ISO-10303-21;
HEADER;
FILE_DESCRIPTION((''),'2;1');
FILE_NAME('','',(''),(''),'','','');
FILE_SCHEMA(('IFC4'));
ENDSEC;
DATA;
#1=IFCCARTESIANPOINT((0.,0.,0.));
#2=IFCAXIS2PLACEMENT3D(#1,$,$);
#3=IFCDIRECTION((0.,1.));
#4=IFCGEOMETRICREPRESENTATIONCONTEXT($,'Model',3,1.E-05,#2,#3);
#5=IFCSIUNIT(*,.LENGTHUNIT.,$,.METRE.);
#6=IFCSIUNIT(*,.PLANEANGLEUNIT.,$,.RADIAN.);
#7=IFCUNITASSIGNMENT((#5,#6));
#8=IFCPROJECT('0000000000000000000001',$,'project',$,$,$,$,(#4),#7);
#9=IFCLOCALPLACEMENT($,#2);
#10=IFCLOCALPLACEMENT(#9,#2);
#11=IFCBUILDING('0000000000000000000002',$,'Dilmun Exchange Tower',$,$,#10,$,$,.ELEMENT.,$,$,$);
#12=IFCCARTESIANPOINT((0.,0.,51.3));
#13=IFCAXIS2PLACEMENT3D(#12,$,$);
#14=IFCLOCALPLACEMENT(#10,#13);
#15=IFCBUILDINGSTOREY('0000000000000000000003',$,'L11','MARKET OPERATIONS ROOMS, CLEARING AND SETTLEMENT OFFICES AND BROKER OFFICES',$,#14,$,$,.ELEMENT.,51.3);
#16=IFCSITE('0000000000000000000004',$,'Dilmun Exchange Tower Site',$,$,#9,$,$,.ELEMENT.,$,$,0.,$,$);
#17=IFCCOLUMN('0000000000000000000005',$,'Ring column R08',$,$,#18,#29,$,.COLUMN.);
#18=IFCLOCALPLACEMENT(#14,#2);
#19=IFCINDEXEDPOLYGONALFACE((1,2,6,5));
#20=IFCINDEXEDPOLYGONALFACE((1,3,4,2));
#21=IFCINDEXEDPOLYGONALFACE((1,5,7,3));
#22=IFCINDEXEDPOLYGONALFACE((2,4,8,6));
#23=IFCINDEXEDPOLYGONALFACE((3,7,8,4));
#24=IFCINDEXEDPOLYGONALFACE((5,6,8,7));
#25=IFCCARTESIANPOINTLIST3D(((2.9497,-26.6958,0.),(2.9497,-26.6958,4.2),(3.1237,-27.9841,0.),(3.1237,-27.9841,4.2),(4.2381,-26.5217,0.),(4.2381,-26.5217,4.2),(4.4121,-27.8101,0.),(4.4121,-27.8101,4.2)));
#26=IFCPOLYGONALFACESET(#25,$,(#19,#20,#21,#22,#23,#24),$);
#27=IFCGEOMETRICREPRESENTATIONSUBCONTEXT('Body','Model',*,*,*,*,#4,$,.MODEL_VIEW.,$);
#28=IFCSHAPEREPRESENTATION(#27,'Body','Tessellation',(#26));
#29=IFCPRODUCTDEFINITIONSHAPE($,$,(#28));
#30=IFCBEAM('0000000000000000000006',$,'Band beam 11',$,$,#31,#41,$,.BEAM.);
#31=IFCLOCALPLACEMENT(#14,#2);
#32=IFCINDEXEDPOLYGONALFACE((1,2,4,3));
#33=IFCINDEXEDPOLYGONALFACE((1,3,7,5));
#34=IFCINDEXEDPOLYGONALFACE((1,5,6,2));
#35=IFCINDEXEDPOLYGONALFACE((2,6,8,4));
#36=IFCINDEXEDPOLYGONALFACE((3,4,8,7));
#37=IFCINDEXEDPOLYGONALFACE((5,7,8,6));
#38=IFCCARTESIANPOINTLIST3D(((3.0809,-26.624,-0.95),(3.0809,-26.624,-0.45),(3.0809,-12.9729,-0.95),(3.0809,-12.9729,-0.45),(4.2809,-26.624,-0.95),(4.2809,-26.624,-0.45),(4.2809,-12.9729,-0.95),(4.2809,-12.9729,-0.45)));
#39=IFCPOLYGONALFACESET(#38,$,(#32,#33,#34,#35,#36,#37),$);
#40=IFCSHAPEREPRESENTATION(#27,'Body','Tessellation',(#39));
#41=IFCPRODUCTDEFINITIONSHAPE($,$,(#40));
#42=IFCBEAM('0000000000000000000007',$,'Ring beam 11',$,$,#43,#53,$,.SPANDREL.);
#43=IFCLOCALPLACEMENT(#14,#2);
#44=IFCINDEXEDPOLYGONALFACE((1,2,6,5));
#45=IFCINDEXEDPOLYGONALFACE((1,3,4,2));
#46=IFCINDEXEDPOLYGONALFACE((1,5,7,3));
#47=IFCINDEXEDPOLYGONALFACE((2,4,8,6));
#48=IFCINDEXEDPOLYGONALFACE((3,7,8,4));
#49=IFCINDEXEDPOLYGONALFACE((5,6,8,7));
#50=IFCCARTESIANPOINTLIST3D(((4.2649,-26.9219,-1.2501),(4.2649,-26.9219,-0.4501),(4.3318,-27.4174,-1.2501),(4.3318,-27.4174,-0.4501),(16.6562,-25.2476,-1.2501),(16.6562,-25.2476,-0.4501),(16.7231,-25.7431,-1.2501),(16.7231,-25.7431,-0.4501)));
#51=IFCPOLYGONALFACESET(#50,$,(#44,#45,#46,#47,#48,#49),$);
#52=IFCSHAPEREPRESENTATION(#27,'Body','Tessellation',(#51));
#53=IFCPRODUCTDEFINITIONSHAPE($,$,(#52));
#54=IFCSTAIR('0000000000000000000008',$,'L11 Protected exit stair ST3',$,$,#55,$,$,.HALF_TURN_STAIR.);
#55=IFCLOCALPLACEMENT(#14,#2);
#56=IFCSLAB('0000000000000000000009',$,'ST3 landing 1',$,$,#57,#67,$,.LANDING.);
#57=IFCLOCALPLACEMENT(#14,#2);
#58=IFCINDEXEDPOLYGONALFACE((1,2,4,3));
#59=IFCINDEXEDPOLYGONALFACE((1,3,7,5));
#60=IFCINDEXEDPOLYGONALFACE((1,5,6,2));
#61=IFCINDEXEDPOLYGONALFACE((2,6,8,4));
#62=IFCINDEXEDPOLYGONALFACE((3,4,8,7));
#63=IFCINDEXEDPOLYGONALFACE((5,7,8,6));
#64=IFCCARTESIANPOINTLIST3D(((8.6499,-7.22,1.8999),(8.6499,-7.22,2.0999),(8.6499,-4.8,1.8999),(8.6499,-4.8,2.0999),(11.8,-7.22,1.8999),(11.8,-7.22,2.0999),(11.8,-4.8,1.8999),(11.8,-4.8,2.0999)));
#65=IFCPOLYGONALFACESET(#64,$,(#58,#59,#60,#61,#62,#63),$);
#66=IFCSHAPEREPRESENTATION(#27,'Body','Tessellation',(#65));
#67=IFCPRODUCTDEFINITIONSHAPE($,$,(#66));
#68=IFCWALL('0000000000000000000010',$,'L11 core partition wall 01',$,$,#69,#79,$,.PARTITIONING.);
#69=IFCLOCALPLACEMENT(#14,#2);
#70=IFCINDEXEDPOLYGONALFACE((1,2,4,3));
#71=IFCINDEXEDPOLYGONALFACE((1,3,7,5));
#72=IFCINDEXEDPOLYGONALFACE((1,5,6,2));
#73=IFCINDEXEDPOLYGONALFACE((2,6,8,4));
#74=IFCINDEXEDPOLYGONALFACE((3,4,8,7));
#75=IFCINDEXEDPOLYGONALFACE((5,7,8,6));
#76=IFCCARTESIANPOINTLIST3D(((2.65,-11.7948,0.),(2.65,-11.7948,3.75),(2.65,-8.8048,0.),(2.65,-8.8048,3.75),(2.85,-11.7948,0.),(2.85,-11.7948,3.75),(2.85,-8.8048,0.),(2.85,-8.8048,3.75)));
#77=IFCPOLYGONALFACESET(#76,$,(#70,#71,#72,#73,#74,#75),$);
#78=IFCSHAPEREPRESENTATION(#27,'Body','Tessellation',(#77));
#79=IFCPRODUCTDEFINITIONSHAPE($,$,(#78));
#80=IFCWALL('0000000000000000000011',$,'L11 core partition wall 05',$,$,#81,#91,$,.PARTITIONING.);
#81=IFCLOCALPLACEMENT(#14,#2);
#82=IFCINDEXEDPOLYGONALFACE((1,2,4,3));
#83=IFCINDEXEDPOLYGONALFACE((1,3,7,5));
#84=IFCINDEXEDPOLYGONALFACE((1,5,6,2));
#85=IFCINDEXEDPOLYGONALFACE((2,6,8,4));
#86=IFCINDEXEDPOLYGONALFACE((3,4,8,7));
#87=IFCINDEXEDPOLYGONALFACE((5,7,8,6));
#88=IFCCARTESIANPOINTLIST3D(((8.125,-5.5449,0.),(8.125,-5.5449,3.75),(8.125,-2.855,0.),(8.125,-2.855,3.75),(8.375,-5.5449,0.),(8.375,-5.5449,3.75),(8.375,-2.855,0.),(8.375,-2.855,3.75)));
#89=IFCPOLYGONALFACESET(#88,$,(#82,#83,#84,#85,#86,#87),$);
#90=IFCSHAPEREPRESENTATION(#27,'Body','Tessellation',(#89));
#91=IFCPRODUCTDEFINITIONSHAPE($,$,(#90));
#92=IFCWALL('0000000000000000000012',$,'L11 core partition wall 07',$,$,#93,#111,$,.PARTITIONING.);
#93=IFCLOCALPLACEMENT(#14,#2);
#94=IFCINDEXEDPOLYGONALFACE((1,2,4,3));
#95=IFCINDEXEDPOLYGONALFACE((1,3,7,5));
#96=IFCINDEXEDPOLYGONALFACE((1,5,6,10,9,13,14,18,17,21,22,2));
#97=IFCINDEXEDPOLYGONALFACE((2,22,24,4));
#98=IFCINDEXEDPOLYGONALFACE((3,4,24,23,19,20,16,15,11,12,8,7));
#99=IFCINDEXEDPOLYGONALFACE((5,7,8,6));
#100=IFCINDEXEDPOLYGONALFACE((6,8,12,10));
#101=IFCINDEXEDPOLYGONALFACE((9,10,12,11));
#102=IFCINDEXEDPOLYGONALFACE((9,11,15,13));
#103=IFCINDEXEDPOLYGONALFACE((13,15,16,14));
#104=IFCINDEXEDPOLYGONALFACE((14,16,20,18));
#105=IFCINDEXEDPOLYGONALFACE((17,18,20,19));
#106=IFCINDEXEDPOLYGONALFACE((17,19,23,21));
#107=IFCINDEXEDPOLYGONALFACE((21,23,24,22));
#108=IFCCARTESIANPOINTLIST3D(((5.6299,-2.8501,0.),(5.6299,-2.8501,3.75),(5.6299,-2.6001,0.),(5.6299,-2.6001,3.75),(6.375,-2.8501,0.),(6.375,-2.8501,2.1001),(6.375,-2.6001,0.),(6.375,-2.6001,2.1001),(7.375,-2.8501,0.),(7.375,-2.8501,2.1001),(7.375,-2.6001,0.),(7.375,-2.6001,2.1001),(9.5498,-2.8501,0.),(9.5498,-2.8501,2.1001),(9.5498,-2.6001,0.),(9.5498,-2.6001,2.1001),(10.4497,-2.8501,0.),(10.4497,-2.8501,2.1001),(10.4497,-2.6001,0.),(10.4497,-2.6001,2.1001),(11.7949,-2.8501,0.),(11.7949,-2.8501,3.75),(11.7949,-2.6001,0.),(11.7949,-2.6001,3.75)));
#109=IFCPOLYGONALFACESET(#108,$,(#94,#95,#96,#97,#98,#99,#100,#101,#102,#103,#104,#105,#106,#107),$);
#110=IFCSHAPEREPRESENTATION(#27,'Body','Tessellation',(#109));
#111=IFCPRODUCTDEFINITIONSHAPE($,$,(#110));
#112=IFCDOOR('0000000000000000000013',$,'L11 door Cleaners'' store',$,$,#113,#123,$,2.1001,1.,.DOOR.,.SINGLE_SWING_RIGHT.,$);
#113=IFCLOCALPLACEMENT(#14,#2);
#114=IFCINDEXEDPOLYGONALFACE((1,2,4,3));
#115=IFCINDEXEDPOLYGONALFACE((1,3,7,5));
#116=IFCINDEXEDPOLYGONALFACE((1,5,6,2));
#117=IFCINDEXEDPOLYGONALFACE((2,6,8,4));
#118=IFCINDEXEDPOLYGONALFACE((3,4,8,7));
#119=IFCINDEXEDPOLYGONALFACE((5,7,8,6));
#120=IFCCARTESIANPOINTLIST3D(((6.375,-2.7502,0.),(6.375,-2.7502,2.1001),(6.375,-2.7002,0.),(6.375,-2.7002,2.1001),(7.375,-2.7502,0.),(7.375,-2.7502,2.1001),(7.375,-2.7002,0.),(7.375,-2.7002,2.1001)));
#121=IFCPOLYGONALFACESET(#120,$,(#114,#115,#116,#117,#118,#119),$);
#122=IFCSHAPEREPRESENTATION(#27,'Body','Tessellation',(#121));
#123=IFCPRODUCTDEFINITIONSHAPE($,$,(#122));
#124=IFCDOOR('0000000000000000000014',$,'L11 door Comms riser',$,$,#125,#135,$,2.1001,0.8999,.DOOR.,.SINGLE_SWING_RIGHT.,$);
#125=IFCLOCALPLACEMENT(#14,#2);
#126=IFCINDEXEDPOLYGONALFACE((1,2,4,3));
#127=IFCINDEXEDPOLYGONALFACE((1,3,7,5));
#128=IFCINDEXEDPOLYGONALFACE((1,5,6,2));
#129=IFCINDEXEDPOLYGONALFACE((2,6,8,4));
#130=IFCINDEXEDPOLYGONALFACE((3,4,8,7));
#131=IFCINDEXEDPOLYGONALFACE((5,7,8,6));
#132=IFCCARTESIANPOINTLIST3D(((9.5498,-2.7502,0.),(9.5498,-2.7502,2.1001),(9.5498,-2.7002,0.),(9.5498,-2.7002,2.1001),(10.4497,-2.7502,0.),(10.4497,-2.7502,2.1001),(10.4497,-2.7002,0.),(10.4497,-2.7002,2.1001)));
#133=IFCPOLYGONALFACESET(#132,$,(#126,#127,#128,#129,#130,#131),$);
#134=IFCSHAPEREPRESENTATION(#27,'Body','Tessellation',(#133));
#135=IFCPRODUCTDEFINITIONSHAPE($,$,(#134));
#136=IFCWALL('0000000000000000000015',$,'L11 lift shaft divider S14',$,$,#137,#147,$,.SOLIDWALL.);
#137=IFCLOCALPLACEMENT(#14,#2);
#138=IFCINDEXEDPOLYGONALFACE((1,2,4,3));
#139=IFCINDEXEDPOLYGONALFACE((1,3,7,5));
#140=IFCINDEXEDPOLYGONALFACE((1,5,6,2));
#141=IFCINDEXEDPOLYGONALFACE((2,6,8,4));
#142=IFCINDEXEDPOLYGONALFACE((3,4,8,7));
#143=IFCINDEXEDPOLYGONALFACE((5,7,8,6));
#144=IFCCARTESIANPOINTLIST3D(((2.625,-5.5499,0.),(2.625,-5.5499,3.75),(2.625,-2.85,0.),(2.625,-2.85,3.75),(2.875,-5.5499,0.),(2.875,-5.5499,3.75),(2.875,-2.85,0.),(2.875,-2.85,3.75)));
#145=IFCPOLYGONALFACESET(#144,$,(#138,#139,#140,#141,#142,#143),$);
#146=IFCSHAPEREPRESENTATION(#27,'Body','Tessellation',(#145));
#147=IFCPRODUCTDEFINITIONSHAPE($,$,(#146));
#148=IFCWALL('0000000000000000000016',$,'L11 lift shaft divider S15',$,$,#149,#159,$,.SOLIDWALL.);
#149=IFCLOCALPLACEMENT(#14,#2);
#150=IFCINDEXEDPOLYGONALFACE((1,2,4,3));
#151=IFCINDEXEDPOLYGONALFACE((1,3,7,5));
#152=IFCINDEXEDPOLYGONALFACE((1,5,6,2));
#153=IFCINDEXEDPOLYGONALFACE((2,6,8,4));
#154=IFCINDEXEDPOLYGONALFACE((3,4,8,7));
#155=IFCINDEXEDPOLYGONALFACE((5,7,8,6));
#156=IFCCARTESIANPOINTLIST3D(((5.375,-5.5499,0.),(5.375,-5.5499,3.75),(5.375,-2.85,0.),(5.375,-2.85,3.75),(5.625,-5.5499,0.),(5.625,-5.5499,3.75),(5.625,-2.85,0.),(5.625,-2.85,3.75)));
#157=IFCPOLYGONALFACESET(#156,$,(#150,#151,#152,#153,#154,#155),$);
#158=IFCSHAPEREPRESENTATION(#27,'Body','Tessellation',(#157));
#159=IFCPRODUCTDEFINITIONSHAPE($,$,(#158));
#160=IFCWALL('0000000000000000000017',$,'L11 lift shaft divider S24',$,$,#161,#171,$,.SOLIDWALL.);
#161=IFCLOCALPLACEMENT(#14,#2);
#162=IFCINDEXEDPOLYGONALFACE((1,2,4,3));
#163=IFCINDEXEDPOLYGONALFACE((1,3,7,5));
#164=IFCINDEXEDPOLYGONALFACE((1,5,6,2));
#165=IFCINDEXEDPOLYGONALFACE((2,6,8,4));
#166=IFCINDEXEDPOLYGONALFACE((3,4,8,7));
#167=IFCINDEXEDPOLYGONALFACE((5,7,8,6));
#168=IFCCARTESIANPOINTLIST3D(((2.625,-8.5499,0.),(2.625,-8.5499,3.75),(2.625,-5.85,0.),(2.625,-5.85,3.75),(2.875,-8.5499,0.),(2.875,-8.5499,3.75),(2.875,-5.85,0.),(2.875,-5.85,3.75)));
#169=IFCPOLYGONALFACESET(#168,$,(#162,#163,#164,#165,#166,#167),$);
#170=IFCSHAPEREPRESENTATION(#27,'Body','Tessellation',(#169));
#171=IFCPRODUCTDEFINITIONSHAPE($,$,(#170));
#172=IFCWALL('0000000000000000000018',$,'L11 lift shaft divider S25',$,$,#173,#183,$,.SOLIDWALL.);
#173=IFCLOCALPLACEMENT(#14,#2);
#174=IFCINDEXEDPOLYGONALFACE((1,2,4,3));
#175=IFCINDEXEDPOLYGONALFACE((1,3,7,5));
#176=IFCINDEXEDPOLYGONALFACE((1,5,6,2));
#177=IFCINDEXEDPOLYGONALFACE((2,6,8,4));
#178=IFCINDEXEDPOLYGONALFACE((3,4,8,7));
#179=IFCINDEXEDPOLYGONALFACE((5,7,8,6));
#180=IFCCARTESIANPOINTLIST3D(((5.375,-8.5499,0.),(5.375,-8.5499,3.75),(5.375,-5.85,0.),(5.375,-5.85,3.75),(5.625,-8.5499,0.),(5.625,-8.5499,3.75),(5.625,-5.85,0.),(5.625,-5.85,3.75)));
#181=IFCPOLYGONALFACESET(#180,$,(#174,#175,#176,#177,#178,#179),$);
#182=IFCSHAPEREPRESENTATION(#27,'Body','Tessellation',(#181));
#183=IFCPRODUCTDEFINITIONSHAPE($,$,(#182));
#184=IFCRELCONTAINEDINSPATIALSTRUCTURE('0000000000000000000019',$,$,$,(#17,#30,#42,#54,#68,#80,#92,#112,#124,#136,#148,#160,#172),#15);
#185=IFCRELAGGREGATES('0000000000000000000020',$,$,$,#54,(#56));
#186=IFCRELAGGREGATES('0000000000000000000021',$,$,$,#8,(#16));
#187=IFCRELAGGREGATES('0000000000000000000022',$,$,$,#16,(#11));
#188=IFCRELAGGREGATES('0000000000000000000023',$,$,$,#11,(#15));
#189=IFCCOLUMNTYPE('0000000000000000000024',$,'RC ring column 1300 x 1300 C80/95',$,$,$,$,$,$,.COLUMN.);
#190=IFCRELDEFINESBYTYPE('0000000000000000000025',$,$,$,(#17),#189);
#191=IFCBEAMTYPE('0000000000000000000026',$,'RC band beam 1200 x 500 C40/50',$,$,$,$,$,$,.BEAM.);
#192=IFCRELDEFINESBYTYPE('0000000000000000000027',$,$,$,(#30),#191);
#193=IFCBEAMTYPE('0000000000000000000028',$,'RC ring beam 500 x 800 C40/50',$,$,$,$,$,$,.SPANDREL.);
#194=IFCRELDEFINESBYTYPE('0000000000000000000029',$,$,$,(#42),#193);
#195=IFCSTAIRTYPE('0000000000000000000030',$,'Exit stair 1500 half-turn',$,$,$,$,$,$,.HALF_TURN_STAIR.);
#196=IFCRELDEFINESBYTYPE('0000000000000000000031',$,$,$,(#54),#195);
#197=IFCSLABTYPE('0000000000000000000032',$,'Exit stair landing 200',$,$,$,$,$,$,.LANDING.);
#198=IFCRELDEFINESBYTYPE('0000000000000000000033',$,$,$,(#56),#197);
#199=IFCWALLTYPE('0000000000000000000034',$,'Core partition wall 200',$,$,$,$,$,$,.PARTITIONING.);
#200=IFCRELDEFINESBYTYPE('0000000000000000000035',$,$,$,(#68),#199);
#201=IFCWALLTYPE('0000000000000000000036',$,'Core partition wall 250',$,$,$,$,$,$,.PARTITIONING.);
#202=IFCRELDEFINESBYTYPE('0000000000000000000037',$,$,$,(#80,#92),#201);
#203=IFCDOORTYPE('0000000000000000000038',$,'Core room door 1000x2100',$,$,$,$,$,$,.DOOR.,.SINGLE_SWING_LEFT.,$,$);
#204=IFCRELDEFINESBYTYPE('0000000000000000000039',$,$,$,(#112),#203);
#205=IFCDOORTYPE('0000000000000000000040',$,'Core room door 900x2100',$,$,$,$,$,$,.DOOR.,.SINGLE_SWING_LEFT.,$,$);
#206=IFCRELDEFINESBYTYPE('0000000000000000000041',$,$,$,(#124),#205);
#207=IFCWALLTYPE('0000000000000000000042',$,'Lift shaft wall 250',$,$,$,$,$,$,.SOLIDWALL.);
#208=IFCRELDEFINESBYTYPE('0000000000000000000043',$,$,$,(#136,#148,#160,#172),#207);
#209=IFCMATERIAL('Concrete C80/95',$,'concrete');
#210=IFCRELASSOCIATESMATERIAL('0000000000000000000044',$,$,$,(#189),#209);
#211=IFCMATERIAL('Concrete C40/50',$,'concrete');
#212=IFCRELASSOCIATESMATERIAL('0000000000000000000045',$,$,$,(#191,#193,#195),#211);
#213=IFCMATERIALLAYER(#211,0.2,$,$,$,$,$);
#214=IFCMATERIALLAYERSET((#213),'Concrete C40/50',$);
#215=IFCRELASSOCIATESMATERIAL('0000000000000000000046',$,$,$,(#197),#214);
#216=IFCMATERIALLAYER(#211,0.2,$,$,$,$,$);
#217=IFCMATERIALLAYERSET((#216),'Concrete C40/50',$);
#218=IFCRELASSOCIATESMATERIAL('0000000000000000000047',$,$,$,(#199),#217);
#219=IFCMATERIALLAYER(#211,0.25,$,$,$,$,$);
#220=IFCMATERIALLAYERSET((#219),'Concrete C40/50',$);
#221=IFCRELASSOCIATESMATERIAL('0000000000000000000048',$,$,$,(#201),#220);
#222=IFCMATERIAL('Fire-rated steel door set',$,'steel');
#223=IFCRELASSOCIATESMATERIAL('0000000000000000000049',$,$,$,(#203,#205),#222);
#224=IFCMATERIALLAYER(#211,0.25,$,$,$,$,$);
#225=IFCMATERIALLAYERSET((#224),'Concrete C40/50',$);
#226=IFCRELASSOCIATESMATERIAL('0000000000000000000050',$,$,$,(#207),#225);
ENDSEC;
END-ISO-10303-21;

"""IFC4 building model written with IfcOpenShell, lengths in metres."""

from ifc_helpers import new_model, si_unit, direction, frame, frame_2d, origin, origin_2d, place, context, subcontext, project, spatial, polyline, rectangle, outline, extrude, material, layer, layer_set, material_profile, profile_set, type_object, element, fill, aggregate, save


model = new_model("IFC4")

# Units and contexts
model_context = context("Model", 3, precision=1e-05, world=origin(), true_north=direction((0.0, 1.0)))
body_context = subcontext(model_context, "Body", "Model", "MODEL_VIEW")
ifc_project = project(units=[si_unit("LENGTHUNIT", "METRE"), si_unit("PLANEANGLEUNIT", "RADIAN")], contexts=[model_context])

# Site, building, storey
site_placement = place(None, origin())
site = spatial("IfcSite", under=ifc_project, at=site_placement, Name="Dilmun Exchange Tower Site", CompositionType="ELEMENT", RefElevation=0.0)
building_placement = place(site_placement, origin())
building = spatial("IfcBuilding", under=site, at=building_placement, Name="Dilmun Exchange Tower", CompositionType="ELEMENT")
storey_placement = place(building_placement, frame((0.0, 0.0, 51.3)))
storey = spatial("IfcBuildingStorey", under=building, at=storey_placement, Name="L11", Description="MARKET OPERATIONS ROOMS, CLEARING AND SETTLEMENT OFFICES AND BROKER OFFICES", CompositionType="ELEMENT", Elevation=51.3)

# Column
ifc_material_1 = material(Name="Concrete C80/95", Category="concrete")
ifc_material_profile_1 = material_profile(ifc_material_1, rectangle(XDim=1.3, YDim=1.3, at=origin_2d()), Name="1300 x 1300")
ifc_profile_set_1 = profile_set([ifc_material_profile_1], Name="Concrete C80/95")
column_type = type_object("IfcColumnType", Name="RC ring column 1300 x 1300 C80/95", PredefinedType="COLUMN", material=ifc_profile_set_1)
column_placement = place(storey_placement, frame((3.6809, -27.2529, 0.0), z_axis=(0.0, 0.0, 1.0), x_axis=(0.991001, 0.133853, 0.0)))
element("IfcColumn", 1, at=column_placement, inside=storey, type_object=column_type, Name="Ring column R08", PredefinedType="COLUMN", context=body_context, shape_type="SweptSolid", body=[
    extrude(rectangle(XDim=1.3, YDim=1.3, at=origin_2d()), origin(), (0.0, 0.0, 1.0), 4.2),
])

# Beams
ifc_material_2 = material(Name="Concrete C40/50", Category="concrete")
ifc_material_profile_2 = material_profile(ifc_material_2, rectangle(XDim=1.2, YDim=0.5, at=origin_2d()), Name="1200 x 500")
ifc_profile_set_2 = profile_set([ifc_material_profile_2], Name="Concrete C40/50")
beam_type_1 = type_object("IfcBeamType", Name="RC band beam 1200 x 500 C40/50", PredefinedType="BEAM", material=ifc_profile_set_2)
beam_1_placement = place(storey_placement, frame((3.6809, -26.624, -0.7), z_axis=(0.0, 1.0, 0.0), x_axis=(-1.0, 0.0, 0.0)))
element("IfcBeam", 2, at=beam_1_placement, inside=storey, type_object=beam_type_1, Name="Band beam 11", PredefinedType="BEAM", context=body_context, shape_type="SweptSolid", body=[
    extrude(rectangle(XDim=1.2, YDim=0.5, at=origin_2d()), origin(), (0.0, 0.0, 1.0), 13.6511),
])
ifc_material_profile_3 = material_profile(ifc_material_2, rectangle(XDim=0.5, YDim=0.8, at=origin_2d()), Name="500 x 800")
ifc_profile_set_3 = profile_set([ifc_material_profile_3], Name="Concrete C40/50")
beam_type_2 = type_object("IfcBeamType", Name="RC ring beam 500 x 800 C40/50", PredefinedType="SPANDREL", material=ifc_profile_set_3)
beam_2_placement = place(storey_placement, frame((4.2983, -27.1697, -0.8501), z_axis=(0.990994, 0.133903, 0.0), x_axis=(-0.133903, 0.990994, 0.0)))
element("IfcBeam", 3, at=beam_2_placement, inside=storey, type_object=beam_type_2, Name="Ring beam 11", PredefinedType="SPANDREL", context=body_context, shape_type="SweptSolid", body=[
    extrude(rectangle(XDim=0.5, YDim=0.8, at=origin_2d()), origin(), (0.0, 0.0, 1.0), 12.5039),
])

# Stair, slab
stair_type = type_object("IfcStairType", Name="Exit stair 1500 half-turn", PredefinedType="HALF_TURN_STAIR", material=ifc_material_2)
stair_placement = place(storey_placement, origin())
stair = element("IfcStair", 4, at=stair_placement, inside=storey, type_object=stair_type, Name="L11 Protected exit stair ST3", PredefinedType="HALF_TURN_STAIR")
ifc_layer_1 = layer(ifc_material_2, 0.2)
ifc_layer_set_1 = layer_set([ifc_layer_1], Name="Concrete C40/50")
slab_type = type_object("IfcSlabType", Name="Exit stair landing 200", PredefinedType="LANDING", material=ifc_layer_set_1)
slab_placement = place(storey_placement, frame((0.0, 0.0, 1.8999)))
slab = element("IfcSlab", 5, at=slab_placement, type_object=slab_type, Name="ST3 landing 1", PredefinedType="LANDING", context=body_context, shape_type="SweptSolid", body=[
    extrude(outline(polyline([(11.8, -7.22), (11.8, -4.8), (8.6499, -4.8), (8.6499, -7.22), (11.8, -7.22)])), origin(), (0.0, 0.0, 1.0), 0.2),
])
aggregate(stair, [slab])

# Walls
ifc_layer_2 = layer(ifc_material_2, 0.2)
ifc_layer_set_2 = layer_set([ifc_layer_2], Name="Concrete C40/50")
wall_type_1 = type_object("IfcWallType", Name="Core partition wall 200", PredefinedType="PARTITIONING", material=ifc_layer_set_2)
wall_1_placement = place(storey_placement, frame((2.75, -11.7949, 0.0), z_axis=(0.0, 0.0, 1.0), x_axis=(0.0, 1.0, 0.0)))
element("IfcWall", 6, at=wall_1_placement, inside=storey, type_object=wall_type_1, Name="L11 core partition wall 01", PredefinedType="PARTITIONING", context=body_context, shape_type="SweptSolid", body=[
    extrude(rectangle(XDim=2.99, YDim=0.2, at=frame_2d((1.4951, 0.0))), origin(), (0.0, 0.0, 1.0), 3.75),
])
ifc_layer_3 = layer(ifc_material_2, 0.25)
ifc_layer_set_3 = layer_set([ifc_layer_3], Name="Concrete C40/50")
wall_type_2 = type_object("IfcWallType", Name="Core partition wall 250", PredefinedType="PARTITIONING", material=ifc_layer_set_3)
wall_2_placement = place(storey_placement, frame((8.25, -5.5449, 0.0), z_axis=(0.0, 0.0, 1.0), x_axis=(0.0, 1.0, 0.0)))
element("IfcWall", 7, at=wall_2_placement, inside=storey, type_object=wall_type_2, Name="L11 core partition wall 05", PredefinedType="PARTITIONING", context=body_context, shape_type="SweptSolid", body=[
    extrude(rectangle(XDim=2.6899, YDim=0.25, at=frame_2d((1.345, 0.0))), origin(), (0.0, 0.0, 1.0), 3.75),
])

# Wall, openings, doors
wall_3_placement = place(storey_placement, frame((5.6299, -2.7251, 0.0), z_axis=(0.0, 0.0, 1.0), x_axis=(1.0, 0.0, 0.0)))
wall_3 = element("IfcWall", 8, at=wall_3_placement, inside=storey, type_object=wall_type_2, Name="L11 core partition wall 07", PredefinedType="PARTITIONING", context=body_context, shape_type="SweptSolid", body=[
    extrude(rectangle(XDim=6.165, YDim=0.25, at=frame_2d((3.0825, 0.0))), origin(), (0.0, 0.0, 1.0), 3.75),
])
opening_1_placement = place(wall_3_placement, frame((0.7451, 0.0, 0.0)))
opening_1 = element("IfcOpeningElement", 9, at=opening_1_placement, cuts=wall_3, PredefinedType="OPENING", context=body_context, shape_type="SweptSolid", body=[
    extrude(rectangle(XDim=1.0, YDim=2.1001, at=frame_2d((0.5, 1.05))), frame((0.0, 0.135, 0.0), z_axis=(0.0, -1.0, 0.0), x_axis=(1.0, 0.0, 0.0)), (0.0, 0.0, 1.0), 0.27),
])
opening_2_placement = place(wall_3_placement, frame((3.9199, 0.0, 0.0)))
opening_2 = element("IfcOpeningElement", 10, at=opening_2_placement, cuts=wall_3, PredefinedType="OPENING", context=body_context, shape_type="SweptSolid", body=[
    extrude(rectangle(XDim=0.8999, YDim=2.1001, at=frame_2d((0.45, 1.05))), frame((0.0, 0.135, 0.0), z_axis=(0.0, -1.0, 0.0), x_axis=(1.0, 0.0, 0.0)), (0.0, 0.0, 1.0), 0.27),
])
ifc_material_3 = material(Name="Fire-rated steel door set", Category="steel")
door_type_1 = type_object("IfcDoorType", Name="Core room door 1000x2100", OperationType="SINGLE_SWING_LEFT", PredefinedType="DOOR", material=ifc_material_3)
door_1_placement = place(opening_1_placement, origin())
door_1 = element("IfcDoor", 11, at=door_1_placement, inside=storey, type_object=door_type_1, Name="L11 door Cleaners' store", OperationType="SINGLE_SWING_RIGHT", OverallHeight=2.1001, OverallWidth=1.0, PredefinedType="DOOR", context=body_context, shape_type="SweptSolid", body=[
    extrude(rectangle(XDim=1.0, YDim=2.1001, at=frame_2d((0.5, 1.05))), frame((0.0, 0.0249, 0.0), z_axis=(0.0, -1.0, 0.0), x_axis=(1.0, 0.0, 0.0)), (0.0, 0.0, 1.0), 0.05),
])
fill(opening_1, door_1)
door_type_2 = type_object("IfcDoorType", Name="Core room door 900x2100", OperationType="SINGLE_SWING_LEFT", PredefinedType="DOOR", material=ifc_material_3)
door_2_placement = place(opening_2_placement, origin())
door_2 = element("IfcDoor", 12, at=door_2_placement, inside=storey, type_object=door_type_2, Name="L11 door Comms riser", OperationType="SINGLE_SWING_RIGHT", OverallHeight=2.1001, OverallWidth=0.8999, PredefinedType="DOOR", context=body_context, shape_type="SweptSolid", body=[
    extrude(rectangle(XDim=0.8999, YDim=2.1001, at=frame_2d((0.45, 1.05))), frame((0.0, 0.0249, 0.0), z_axis=(0.0, -1.0, 0.0), x_axis=(1.0, 0.0, 0.0)), (0.0, 0.0, 1.0), 0.05),
])
fill(opening_2, door_2)

# Walls
ifc_layer_4 = layer(ifc_material_2, 0.25)
ifc_layer_set_4 = layer_set([ifc_layer_4], Name="Concrete C40/50")
wall_type_3 = type_object("IfcWallType", Name="Lift shaft wall 250", PredefinedType="SOLIDWALL", material=ifc_layer_set_4)
for number, where, z_axis, x_axis, name in (
    (13, (2.75, -5.55, 0.0), (0.0, 0.0, 1.0), (0.0, 1.0, 0.0), "L11 lift shaft divider S14"),
    (14, (5.5, -5.55, 0.0), (0.0, 0.0, 1.0), (0.0, 1.0, 0.0), "L11 lift shaft divider S15"),
    (15, (2.75, -8.55, 0.0), (0.0, 0.0, 1.0), (0.0, 1.0, 0.0), "L11 lift shaft divider S24"),
    (16, (5.5, -8.55, 0.0), (0.0, 0.0, 1.0), (0.0, 1.0, 0.0), "L11 lift shaft divider S25"),
):
    element("IfcWall", number, at=place(storey_placement, frame(where, z_axis=z_axis, x_axis=x_axis)), inside=storey, type_object=wall_type_3, Name=name, PredefinedType="SOLIDWALL", context=body_context, shape_type="SweptSolid", body=[
        extrude(rectangle(XDim=2.7, YDim=0.25, at=frame_2d((1.3501, 0.0))), origin(), (0.0, 0.0, 1.0), 3.75),
    ])

save(model, "model.ifc")
